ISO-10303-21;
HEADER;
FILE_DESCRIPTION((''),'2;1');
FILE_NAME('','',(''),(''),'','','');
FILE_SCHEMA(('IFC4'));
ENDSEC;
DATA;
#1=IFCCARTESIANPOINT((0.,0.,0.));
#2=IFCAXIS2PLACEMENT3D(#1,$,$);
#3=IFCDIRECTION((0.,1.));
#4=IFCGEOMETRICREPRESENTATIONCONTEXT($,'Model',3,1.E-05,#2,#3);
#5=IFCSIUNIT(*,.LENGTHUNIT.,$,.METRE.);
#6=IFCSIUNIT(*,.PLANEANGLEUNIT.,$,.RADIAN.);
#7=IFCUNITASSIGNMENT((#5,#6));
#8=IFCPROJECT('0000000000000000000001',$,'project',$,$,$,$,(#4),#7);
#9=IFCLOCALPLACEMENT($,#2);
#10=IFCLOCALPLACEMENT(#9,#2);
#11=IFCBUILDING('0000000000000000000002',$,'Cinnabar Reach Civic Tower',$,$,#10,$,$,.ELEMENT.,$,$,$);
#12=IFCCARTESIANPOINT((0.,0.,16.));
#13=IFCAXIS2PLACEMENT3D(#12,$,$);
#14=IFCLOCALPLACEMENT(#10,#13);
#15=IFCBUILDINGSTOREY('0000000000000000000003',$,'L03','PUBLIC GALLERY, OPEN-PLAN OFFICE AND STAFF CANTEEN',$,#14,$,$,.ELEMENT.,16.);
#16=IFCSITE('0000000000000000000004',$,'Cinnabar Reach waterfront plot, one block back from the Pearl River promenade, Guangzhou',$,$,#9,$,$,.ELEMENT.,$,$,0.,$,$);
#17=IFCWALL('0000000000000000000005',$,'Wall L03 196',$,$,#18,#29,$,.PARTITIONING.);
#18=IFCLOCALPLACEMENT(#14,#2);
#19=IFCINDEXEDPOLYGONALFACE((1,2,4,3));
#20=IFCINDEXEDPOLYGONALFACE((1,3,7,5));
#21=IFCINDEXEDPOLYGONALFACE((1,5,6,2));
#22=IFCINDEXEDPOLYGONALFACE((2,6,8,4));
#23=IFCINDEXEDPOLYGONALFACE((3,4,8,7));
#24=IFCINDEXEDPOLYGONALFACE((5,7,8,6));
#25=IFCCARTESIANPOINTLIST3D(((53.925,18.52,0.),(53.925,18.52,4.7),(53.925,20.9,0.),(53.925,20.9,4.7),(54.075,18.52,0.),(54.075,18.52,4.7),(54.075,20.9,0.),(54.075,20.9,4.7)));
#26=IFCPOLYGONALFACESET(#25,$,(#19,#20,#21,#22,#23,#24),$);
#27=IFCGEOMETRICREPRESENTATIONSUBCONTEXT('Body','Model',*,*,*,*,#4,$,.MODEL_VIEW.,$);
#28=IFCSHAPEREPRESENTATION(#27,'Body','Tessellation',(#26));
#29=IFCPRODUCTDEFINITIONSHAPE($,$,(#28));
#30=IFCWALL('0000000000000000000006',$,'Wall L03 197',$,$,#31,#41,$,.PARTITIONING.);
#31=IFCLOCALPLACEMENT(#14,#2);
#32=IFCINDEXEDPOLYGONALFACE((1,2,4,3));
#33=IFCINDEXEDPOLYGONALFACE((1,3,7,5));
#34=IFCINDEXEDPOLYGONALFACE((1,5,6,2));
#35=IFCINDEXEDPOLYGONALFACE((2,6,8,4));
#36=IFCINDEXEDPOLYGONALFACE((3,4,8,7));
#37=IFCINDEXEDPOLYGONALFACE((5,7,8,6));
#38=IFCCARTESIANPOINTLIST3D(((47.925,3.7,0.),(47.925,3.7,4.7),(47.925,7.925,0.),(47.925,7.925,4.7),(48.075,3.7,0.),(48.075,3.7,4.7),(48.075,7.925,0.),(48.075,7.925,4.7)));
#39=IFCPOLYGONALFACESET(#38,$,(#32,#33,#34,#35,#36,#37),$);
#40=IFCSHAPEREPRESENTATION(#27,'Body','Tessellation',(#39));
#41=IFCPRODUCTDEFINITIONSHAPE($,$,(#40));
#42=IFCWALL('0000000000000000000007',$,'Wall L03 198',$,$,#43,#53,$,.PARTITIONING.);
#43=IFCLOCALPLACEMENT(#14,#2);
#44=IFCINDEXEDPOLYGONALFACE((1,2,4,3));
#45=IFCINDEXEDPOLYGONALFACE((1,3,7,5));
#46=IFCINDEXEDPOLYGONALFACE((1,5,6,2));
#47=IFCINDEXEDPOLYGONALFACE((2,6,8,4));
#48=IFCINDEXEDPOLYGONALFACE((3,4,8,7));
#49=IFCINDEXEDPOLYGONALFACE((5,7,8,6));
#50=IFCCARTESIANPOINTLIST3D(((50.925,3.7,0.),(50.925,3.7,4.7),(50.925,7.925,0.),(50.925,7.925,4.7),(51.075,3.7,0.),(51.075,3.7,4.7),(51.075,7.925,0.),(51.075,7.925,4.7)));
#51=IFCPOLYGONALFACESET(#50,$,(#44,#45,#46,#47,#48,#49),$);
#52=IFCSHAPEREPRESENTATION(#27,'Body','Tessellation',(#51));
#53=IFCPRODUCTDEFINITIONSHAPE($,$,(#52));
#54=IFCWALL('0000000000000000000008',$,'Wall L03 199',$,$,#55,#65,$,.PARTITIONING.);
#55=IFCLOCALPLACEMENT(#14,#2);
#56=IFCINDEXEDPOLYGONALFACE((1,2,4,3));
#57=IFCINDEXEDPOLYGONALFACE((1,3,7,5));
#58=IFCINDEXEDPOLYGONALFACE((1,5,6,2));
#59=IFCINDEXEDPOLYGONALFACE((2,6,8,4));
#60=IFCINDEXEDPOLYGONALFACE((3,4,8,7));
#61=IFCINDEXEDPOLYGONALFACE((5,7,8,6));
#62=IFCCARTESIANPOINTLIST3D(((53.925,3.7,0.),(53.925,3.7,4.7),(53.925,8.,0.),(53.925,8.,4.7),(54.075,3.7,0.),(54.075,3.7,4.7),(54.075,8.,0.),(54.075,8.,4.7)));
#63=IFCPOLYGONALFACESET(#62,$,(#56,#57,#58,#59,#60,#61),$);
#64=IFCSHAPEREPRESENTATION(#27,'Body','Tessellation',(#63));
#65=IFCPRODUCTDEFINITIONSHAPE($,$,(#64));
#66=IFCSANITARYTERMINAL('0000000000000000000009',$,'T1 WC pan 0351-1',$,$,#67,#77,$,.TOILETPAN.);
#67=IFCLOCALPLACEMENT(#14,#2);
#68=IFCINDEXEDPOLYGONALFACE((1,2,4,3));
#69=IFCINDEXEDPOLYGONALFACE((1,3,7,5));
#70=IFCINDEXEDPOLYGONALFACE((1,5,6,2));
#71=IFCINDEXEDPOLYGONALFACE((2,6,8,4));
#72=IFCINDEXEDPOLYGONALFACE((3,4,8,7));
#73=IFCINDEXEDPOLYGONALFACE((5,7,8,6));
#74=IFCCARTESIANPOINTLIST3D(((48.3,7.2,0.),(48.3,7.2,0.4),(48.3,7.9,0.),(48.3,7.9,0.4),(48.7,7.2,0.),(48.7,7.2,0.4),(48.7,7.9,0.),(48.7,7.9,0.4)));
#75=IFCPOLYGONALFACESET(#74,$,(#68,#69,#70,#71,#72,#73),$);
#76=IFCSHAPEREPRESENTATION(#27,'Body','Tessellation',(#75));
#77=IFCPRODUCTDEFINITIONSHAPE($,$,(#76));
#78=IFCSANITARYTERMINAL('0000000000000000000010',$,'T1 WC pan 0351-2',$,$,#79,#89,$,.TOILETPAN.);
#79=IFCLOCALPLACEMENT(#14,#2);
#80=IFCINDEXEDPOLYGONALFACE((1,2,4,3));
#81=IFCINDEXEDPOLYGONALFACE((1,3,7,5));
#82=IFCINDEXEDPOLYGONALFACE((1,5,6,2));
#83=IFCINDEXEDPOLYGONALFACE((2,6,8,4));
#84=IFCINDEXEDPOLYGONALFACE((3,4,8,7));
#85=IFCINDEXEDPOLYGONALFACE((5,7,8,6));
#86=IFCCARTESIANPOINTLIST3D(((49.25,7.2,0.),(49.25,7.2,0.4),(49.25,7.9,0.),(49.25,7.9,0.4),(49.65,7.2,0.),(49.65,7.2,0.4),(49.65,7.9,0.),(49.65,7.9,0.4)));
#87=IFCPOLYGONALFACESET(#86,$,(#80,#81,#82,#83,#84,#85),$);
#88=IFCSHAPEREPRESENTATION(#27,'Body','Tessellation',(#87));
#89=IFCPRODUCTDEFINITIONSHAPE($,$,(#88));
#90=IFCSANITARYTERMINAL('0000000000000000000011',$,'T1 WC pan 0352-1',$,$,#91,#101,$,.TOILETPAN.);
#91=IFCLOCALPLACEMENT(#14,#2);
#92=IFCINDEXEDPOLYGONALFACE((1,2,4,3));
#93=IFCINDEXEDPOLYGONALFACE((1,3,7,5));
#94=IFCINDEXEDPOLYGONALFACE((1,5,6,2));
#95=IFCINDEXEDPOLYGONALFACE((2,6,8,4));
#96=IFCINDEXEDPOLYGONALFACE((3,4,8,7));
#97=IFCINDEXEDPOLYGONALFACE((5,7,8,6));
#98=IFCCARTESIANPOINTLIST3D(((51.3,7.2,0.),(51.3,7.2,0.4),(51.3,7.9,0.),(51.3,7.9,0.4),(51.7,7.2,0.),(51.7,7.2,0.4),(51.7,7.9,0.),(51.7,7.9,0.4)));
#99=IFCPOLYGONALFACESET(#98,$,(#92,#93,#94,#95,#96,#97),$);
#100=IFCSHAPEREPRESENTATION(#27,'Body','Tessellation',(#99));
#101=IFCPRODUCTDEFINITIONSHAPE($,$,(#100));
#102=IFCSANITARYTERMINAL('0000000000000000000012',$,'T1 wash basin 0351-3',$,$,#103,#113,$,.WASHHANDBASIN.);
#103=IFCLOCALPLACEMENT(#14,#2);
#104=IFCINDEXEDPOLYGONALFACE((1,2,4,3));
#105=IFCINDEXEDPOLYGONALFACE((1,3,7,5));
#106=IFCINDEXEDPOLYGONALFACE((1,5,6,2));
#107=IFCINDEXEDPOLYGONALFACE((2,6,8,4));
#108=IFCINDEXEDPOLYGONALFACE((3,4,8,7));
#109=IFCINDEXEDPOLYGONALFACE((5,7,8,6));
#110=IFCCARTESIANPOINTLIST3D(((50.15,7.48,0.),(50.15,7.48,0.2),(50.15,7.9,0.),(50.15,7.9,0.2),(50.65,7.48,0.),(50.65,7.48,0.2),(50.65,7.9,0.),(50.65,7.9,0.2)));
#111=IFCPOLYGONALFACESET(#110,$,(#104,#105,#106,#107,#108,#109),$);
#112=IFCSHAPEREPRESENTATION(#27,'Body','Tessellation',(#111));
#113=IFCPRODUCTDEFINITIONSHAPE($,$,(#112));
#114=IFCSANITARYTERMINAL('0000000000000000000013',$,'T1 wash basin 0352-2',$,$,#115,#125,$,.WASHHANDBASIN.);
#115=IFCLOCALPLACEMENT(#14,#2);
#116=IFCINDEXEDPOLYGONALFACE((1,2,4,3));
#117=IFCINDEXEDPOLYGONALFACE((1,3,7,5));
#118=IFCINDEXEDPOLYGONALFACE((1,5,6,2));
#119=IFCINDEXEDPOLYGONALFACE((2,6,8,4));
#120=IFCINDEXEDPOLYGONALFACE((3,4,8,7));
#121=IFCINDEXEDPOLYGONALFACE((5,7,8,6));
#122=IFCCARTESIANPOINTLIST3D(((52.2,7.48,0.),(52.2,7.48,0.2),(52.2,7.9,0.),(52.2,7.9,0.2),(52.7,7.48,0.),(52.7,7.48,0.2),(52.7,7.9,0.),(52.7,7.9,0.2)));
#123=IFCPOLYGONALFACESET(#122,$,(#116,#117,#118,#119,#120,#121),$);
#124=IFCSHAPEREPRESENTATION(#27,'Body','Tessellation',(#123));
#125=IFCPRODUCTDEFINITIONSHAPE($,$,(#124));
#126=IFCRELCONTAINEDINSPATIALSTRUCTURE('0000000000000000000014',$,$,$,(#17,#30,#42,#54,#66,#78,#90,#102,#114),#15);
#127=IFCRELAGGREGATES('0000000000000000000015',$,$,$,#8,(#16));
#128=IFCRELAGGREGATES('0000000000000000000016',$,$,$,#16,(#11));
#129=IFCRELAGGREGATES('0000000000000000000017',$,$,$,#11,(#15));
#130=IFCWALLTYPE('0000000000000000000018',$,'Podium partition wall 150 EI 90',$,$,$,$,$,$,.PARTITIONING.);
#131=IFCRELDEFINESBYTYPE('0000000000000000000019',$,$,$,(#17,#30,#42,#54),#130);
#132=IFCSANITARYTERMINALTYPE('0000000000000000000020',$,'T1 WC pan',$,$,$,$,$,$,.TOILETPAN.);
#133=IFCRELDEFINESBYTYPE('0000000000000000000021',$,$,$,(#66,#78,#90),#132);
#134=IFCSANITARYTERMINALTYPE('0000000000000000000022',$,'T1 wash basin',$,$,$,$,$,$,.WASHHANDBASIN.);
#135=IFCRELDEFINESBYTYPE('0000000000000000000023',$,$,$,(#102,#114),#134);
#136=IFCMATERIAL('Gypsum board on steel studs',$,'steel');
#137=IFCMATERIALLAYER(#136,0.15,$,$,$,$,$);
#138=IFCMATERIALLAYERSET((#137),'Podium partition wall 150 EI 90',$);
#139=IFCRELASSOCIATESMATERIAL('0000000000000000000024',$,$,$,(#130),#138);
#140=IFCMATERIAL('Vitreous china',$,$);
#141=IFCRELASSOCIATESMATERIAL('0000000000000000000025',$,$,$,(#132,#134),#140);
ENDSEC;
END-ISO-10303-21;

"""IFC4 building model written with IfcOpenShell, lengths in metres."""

from ifc_helpers import new_model, si_unit, direction, frame, frame_2d, origin, origin_2d, place, context, subcontext, project, spatial, rectangle, extrude, material, layer, layer_set, type_object, element, save


model = new_model("IFC4")

# Units and contexts
model_context = context("Model", 3, precision=1e-05, world=origin(), true_north=direction((0.0, 1.0)))
body_context = subcontext(model_context, "Body", "Model", "MODEL_VIEW")
ifc_project = project(units=[si_unit("LENGTHUNIT", "METRE"), si_unit("PLANEANGLEUNIT", "RADIAN")], contexts=[model_context])

# Site, building, storey
site_placement = place(None, origin())
site = spatial("IfcSite", under=ifc_project, at=site_placement, Name="Cinnabar Reach waterfront plot, one block back from the Pearl River promenade, Guangzhou", CompositionType="ELEMENT", RefElevation=0.0)
building_placement = place(site_placement, origin())
building = spatial("IfcBuilding", under=site, at=building_placement, Name="Cinnabar Reach Civic Tower", CompositionType="ELEMENT")
storey_placement = place(building_placement, frame((0.0, 0.0, 16.0)))
storey = spatial("IfcBuildingStorey", under=building, at=storey_placement, Name="L03", Description="PUBLIC GALLERY, OPEN-PLAN OFFICE AND STAFF CANTEEN", CompositionType="ELEMENT", Elevation=16.0)

# Walls
ifc_material_1 = material(Name="Gypsum board on steel studs", Category="steel")
ifc_layer_1 = layer(ifc_material_1, 0.15)
ifc_layer_set_1 = layer_set([ifc_layer_1], Name="Podium partition wall 150 EI 90")
wall_type_1 = type_object("IfcWallType", Name="Podium partition wall 150 EI 90", PredefinedType="PARTITIONING", material=ifc_layer_set_1)
wall_1_placement = place(storey_placement, frame((54.0, 18.52, 0.0), z_axis=(0.0, 0.0, 1.0), x_axis=(0.0, 1.0, 0.0)))
element("IfcWall", 1, at=wall_1_placement, inside=storey, type_object=wall_type_1, Name="Wall L03 196", PredefinedType="PARTITIONING", context=body_context, shape_type="SweptSolid", body=[
    extrude(rectangle(XDim=2.38, YDim=0.15, at=frame_2d((1.19, 0.0))), origin(), (0.0, 0.0, 1.0), 4.7),
])
for number, where, z_axis, x_axis, name in (
    (2, (48.0, 3.7, 0.0), (0.0, 0.0, 1.0), (0.0, 1.0, 0.0), "Wall L03 197"),
    (3, (51.0, 3.7, 0.0), (0.0, 0.0, 1.0), (0.0, 1.0, 0.0), "Wall L03 198"),
):
    element("IfcWall", number, at=place(storey_placement, frame(where, z_axis=z_axis, x_axis=x_axis)), inside=storey, type_object=wall_type_1, Name=name, PredefinedType="PARTITIONING", context=body_context, shape_type="SweptSolid", body=[
        extrude(rectangle(XDim=4.225, YDim=0.15, at=frame_2d((2.1125, 0.0))), origin(), (0.0, 0.0, 1.0), 4.7),
    ])
wall_2_placement = place(storey_placement, frame((54.0, 3.7, 0.0), z_axis=(0.0, 0.0, 1.0), x_axis=(0.0, 1.0, 0.0)))
element("IfcWall", 4, at=wall_2_placement, inside=storey, type_object=wall_type_1, Name="Wall L03 199", PredefinedType="PARTITIONING", context=body_context, shape_type="SweptSolid", body=[
    extrude(rectangle(XDim=4.3, YDim=0.15, at=frame_2d((2.15, 0.0))), origin(), (0.0, 0.0, 1.0), 4.7),
])

# Sanitary terminals
ifc_material_2 = material(Name="Vitreous china")
sanitary_terminal_type_1 = type_object("IfcSanitaryTerminalType", Name="T1 WC pan", PredefinedType="TOILETPAN", material=ifc_material_2)
for number, where, z_axis, x_axis, name in (
    (5, (48.5, 7.55, 0.0), (0.0, 0.0, 1.0), (1.0, 0.0, 0.0), "T1 WC pan 0351-1"),
    (6, (49.45, 7.55, 0.0), (0.0, 0.0, 1.0), (1.0, 0.0, 0.0), "T1 WC pan 0351-2"),
    (7, (51.5, 7.55, 0.0), (0.0, 0.0, 1.0), (1.0, 0.0, 0.0), "T1 WC pan 0352-1"),
):
    element("IfcSanitaryTerminal", number, at=place(storey_placement, frame(where, z_axis=z_axis, x_axis=x_axis)), inside=storey, type_object=sanitary_terminal_type_1, Name=name, PredefinedType="TOILETPAN", context=body_context, shape_type="SweptSolid", body=[
        extrude(rectangle(XDim=0.4, YDim=0.7, at=origin_2d()), origin(), (0.0, 0.0, 1.0), 0.4),
    ])
sanitary_terminal_type_2 = type_object("IfcSanitaryTerminalType", Name="T1 wash basin", PredefinedType="WASHHANDBASIN", material=ifc_material_2)
for number, where, z_axis, x_axis, name in (
    (8, (50.4, 7.69, 0.0), (0.0, 0.0, 1.0), (1.0, 0.0, 0.0), "T1 wash basin 0351-3"),
    (9, (52.45, 7.69, 0.0), (0.0, 0.0, 1.0), (1.0, 0.0, 0.0), "T1 wash basin 0352-2"),
):
    element("IfcSanitaryTerminal", number, at=place(storey_placement, frame(where, z_axis=z_axis, x_axis=x_axis)), inside=storey, type_object=sanitary_terminal_type_2, Name=name, PredefinedType="WASHHANDBASIN", context=body_context, shape_type="SweptSolid", body=[
        extrude(rectangle(XDim=0.5, YDim=0.42, at=origin_2d()), origin(), (0.0, 0.0, 1.0), 0.2),
    ])

save(model, "model.ifc")
